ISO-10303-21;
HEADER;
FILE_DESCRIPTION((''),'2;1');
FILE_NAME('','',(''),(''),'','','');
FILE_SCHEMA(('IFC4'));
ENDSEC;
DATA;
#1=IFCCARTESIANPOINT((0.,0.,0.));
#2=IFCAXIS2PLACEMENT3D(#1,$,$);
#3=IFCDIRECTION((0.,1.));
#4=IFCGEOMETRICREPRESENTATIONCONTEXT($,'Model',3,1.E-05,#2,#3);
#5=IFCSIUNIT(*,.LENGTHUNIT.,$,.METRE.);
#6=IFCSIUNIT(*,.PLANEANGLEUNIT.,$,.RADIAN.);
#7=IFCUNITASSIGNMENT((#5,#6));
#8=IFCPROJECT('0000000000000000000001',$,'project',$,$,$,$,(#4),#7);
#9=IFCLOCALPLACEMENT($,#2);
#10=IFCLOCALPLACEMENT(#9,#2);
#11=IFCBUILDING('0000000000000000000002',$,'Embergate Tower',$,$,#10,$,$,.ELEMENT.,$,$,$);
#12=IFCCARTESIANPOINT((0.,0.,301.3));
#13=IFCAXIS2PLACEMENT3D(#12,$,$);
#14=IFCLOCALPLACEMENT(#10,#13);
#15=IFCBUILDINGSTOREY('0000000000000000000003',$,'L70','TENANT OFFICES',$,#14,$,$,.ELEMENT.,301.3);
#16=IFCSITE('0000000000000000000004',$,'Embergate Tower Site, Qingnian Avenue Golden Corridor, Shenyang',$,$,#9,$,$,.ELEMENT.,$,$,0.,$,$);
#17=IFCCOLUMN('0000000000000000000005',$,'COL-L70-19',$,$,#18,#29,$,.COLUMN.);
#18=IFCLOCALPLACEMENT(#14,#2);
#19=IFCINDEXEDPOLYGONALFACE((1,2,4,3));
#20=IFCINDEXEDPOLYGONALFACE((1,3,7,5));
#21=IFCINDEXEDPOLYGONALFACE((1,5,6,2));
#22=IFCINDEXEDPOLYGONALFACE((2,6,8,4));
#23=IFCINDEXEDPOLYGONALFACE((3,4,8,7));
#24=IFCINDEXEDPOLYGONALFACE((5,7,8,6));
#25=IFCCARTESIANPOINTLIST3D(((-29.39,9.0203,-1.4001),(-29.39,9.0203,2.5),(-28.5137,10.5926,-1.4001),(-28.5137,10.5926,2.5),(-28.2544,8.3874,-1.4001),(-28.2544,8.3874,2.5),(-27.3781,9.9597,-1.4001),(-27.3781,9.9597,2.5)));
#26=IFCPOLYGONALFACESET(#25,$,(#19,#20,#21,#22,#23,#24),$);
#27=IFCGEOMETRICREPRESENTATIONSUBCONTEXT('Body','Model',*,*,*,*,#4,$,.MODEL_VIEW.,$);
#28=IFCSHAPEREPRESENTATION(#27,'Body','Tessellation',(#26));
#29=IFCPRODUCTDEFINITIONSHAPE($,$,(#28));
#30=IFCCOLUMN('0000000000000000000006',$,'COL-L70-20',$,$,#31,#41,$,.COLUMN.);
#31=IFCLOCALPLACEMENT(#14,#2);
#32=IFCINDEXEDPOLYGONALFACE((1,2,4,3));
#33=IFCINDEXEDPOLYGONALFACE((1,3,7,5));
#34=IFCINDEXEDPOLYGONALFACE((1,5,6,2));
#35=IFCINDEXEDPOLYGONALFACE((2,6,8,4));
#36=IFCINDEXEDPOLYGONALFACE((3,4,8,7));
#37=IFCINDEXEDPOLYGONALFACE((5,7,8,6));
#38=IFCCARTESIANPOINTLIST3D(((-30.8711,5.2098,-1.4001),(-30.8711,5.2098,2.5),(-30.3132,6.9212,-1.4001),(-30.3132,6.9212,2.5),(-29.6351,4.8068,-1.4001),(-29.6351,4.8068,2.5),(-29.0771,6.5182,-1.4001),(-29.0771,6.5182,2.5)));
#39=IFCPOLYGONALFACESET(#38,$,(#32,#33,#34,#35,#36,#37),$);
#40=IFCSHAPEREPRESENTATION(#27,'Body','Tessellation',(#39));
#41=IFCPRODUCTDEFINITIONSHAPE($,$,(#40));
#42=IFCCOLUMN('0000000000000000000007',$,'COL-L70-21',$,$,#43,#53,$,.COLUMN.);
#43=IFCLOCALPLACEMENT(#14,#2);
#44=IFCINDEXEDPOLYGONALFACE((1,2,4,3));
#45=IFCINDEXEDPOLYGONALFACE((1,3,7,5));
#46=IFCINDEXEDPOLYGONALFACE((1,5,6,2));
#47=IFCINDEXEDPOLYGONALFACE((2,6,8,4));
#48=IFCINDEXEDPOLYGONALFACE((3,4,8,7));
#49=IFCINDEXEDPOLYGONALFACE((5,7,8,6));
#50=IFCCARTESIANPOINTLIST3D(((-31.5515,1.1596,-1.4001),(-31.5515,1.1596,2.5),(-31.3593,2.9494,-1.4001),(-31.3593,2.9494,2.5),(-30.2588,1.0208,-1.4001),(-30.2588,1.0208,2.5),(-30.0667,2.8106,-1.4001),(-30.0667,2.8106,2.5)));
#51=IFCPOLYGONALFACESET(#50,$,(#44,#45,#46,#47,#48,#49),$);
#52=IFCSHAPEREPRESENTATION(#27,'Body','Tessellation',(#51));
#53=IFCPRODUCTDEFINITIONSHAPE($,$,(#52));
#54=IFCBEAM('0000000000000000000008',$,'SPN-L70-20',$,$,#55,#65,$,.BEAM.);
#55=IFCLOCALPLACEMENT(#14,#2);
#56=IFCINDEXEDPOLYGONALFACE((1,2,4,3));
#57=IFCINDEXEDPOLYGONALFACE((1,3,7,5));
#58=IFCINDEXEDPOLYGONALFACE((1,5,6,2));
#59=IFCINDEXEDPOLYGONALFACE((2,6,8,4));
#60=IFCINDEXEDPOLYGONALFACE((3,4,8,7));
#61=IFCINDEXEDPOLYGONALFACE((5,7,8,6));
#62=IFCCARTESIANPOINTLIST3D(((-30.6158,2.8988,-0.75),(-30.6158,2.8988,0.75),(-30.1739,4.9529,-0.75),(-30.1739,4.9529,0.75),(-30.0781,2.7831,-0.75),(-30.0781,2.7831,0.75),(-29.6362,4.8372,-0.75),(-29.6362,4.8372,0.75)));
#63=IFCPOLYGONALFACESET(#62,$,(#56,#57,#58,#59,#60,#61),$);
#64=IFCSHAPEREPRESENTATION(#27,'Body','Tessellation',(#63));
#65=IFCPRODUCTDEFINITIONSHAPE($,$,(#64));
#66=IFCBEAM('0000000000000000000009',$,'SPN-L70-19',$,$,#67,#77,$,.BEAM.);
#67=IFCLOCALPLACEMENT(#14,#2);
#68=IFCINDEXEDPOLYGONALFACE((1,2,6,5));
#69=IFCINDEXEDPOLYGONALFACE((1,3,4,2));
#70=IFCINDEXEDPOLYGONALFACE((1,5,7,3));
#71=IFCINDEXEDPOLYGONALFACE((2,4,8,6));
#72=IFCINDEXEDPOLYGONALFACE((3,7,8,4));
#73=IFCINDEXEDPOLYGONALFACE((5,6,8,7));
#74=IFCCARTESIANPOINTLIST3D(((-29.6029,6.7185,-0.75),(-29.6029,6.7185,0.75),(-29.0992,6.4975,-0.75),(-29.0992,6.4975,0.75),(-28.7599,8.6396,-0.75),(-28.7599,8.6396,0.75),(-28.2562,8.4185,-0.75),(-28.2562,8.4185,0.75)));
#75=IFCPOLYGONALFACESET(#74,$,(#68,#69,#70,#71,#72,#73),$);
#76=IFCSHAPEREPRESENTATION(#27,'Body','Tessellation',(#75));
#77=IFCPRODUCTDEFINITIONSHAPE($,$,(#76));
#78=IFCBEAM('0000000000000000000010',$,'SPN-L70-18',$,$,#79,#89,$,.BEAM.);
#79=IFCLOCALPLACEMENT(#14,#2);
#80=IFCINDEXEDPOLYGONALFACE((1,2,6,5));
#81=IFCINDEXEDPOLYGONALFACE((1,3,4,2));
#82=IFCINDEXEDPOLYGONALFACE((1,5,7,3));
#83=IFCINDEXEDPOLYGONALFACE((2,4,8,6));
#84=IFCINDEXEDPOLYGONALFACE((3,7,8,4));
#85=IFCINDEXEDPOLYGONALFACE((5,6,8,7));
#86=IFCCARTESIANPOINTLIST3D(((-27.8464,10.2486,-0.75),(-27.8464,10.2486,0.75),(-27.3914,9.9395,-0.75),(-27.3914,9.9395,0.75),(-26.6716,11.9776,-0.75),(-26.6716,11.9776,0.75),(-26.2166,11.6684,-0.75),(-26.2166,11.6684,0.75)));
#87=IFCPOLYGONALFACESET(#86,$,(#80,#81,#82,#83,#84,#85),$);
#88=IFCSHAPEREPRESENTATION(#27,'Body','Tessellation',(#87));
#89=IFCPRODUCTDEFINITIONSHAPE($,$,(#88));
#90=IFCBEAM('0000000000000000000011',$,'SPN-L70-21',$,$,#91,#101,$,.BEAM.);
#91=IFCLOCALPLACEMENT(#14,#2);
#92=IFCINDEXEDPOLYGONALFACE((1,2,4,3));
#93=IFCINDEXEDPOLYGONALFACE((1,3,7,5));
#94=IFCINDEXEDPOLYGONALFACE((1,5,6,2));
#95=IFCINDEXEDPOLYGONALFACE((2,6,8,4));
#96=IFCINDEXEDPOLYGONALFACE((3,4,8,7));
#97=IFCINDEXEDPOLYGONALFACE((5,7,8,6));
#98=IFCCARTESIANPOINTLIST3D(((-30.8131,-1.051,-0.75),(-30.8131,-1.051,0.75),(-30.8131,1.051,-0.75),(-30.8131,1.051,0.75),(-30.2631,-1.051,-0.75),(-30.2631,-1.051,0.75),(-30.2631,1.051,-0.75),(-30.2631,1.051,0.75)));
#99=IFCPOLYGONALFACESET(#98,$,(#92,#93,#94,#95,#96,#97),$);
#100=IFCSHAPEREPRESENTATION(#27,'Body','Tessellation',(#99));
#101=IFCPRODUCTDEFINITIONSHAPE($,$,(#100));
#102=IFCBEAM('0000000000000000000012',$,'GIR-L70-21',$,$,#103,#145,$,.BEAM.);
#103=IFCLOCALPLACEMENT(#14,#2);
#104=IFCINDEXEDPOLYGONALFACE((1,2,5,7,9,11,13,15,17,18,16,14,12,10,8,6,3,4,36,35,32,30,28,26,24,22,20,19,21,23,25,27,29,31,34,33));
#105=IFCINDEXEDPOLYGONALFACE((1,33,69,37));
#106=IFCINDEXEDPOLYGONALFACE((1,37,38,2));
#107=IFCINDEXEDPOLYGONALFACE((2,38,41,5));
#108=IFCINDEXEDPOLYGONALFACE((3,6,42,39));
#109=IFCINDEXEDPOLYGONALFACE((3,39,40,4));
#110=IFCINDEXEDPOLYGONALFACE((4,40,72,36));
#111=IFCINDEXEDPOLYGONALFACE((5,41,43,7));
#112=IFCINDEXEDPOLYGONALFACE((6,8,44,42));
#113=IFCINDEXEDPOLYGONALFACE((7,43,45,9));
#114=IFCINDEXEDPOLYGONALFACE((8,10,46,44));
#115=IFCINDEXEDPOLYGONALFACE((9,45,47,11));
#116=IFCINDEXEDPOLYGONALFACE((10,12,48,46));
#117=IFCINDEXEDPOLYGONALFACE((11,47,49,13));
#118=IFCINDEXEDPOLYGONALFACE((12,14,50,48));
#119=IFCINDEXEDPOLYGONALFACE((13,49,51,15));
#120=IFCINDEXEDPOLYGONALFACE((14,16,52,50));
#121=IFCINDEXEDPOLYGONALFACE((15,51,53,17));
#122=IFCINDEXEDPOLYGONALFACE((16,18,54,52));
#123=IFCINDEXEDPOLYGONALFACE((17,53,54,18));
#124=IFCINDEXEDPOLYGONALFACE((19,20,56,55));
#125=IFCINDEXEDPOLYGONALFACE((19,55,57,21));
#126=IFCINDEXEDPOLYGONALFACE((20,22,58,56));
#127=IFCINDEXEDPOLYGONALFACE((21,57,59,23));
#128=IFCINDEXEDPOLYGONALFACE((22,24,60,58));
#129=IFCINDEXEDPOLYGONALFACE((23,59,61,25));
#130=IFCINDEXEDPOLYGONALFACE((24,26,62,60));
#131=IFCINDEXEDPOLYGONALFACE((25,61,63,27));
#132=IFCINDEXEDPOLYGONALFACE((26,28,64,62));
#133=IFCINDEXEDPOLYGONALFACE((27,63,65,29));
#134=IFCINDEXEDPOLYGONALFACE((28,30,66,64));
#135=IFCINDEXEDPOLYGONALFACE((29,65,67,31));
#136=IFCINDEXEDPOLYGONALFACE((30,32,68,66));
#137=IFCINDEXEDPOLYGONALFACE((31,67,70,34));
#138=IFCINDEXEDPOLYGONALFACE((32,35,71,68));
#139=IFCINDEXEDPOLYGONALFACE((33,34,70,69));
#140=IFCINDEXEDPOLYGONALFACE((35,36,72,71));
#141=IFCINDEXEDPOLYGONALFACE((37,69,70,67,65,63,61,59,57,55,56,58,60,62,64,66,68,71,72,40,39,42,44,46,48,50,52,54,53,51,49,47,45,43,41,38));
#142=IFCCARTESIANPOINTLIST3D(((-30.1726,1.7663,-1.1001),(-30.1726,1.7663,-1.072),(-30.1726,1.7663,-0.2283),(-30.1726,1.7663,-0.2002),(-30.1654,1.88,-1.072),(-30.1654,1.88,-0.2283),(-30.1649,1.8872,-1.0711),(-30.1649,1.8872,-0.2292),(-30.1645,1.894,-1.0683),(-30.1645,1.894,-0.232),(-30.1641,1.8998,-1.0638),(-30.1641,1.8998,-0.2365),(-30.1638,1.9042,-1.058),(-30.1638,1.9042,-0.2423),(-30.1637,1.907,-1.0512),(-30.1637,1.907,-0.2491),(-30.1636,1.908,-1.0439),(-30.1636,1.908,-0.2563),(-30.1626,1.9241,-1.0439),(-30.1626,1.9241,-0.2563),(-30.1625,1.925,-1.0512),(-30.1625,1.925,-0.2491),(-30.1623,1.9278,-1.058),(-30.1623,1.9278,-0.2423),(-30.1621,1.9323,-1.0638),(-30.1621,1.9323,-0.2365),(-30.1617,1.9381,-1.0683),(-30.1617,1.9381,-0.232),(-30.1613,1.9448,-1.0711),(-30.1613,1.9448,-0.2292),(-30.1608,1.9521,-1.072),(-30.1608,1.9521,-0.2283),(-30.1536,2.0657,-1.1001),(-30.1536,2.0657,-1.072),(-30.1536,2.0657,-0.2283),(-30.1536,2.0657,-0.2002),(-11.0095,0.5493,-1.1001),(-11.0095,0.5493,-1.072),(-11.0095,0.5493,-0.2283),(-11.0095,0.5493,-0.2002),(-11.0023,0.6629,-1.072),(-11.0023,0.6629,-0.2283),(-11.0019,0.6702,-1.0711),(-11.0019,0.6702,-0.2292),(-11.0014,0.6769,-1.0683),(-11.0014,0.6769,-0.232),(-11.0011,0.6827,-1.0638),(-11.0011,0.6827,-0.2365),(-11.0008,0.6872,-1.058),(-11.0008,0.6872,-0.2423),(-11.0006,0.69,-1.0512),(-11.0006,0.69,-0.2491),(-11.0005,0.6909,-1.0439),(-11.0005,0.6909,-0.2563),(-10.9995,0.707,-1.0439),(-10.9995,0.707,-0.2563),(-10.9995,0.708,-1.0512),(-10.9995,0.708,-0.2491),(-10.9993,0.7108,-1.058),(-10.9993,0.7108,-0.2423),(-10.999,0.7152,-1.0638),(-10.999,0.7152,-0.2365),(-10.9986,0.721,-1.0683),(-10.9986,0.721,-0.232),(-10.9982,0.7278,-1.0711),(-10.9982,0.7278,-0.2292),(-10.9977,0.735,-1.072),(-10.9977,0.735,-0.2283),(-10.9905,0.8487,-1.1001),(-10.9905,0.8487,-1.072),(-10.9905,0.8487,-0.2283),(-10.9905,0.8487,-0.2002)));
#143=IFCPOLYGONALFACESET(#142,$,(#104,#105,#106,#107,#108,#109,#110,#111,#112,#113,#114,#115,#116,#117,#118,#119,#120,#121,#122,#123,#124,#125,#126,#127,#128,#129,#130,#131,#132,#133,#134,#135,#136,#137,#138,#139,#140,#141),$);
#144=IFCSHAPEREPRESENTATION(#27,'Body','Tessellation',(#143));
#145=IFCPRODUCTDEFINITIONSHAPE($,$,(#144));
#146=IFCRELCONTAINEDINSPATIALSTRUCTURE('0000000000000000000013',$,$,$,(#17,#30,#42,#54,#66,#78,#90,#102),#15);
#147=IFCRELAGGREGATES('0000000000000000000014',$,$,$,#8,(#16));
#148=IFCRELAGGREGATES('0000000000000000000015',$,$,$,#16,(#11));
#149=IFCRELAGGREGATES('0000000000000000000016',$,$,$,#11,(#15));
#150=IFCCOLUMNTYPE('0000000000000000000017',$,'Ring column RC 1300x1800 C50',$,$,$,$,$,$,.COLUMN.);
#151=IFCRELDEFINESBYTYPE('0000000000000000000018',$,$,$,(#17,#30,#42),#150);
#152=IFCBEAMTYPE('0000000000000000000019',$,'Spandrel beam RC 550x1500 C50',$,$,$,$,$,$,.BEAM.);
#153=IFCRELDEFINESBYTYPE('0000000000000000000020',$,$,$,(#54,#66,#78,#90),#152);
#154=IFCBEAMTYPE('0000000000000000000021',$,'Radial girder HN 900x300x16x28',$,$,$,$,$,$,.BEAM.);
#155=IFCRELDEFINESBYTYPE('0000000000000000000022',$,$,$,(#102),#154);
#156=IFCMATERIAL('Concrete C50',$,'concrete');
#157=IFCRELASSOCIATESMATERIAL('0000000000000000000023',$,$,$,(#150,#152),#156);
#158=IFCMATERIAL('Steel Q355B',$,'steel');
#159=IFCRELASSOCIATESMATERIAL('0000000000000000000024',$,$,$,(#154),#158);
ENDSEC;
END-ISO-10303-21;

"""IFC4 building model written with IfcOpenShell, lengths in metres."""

from ifc_helpers import new_model, si_unit, direction, frame, origin, origin_2d, place, context, subcontext, project, spatial, rectangle, i_section, extrude, source, transform, mapped, material, material_profile, profile_set, type_object, element, save


model = new_model("IFC4")

# Units and contexts
model_context = context("Model", 3, precision=1e-05, world=origin(), true_north=direction((0.0, 1.0)))
body_context = subcontext(model_context, "Body", "Model", "MODEL_VIEW")
ifc_project = project(units=[si_unit("LENGTHUNIT", "METRE"), si_unit("PLANEANGLEUNIT", "RADIAN")], contexts=[model_context])

# Site, building, storey
site_placement = place(None, origin())
site = spatial("IfcSite", under=ifc_project, at=site_placement, Name="Embergate Tower Site, Qingnian Avenue Golden Corridor, Shenyang", CompositionType="ELEMENT", RefElevation=0.0)
building_placement = place(site_placement, origin())
building = spatial("IfcBuilding", under=site, at=building_placement, Name="Embergate Tower", CompositionType="ELEMENT")
storey_placement = place(building_placement, frame((0.0, 0.0, 301.3)))
storey = spatial("IfcBuildingStorey", under=building, at=storey_placement, Name="L70", Description="TENANT OFFICES", CompositionType="ELEMENT", Elevation=301.3)

# Columns
ifc_material_1 = material(Name="Concrete C50", Category="concrete")
ifc_material_profile_1 = material_profile(ifc_material_1, rectangle(XDim=1.3, YDim=1.8, at=origin_2d()), Name="RC 1300x1800")
ifc_profile_set_1 = profile_set([ifc_material_profile_1], Name="Concrete C50")
column_type = type_object("IfcColumnType", Name="Ring column RC 1300x1800 C50", PredefinedType="COLUMN", material=ifc_profile_set_1)
shared_shape_1 = source(origin(), body_context, "Body", "SweptSolid", [
    extrude(rectangle(XDim=1.3, YDim=1.8, at=origin_2d()), origin(), (0.0, 0.0, 1.0), 3.9001),
])
for number, where, z_axis, x_axis, name in (
    (1, (-28.384, 9.49, -1.4001), (0.0, 0.0, 1.0), (-0.8735, 0.486823, 0.0), "COL-L70-19"),
    (2, (-29.9741, 5.864, -1.4001), (0.0, 0.0, 1.0), (-0.950754, 0.309946, 0.0), "COL-L70-20"),
    (3, (-30.8091, 1.9851, -1.4001), (0.0, 0.0, 1.0), (-0.994286, 0.10675, 0.0), "COL-L70-21"),
):
    element("IfcColumn", number, at=place(storey_placement, frame(where, z_axis=z_axis, x_axis=x_axis)), inside=storey, type_object=column_type, Name=name, PredefinedType="COLUMN", context=body_context, shape_type="MappedRepresentation", body=[
        mapped(shared_shape_1, transform((0.0, 0.0, 0.0))),
    ])

# Beams
ifc_material_profile_2 = material_profile(ifc_material_1, rectangle(XDim=0.55, YDim=1.5, at=origin_2d()), Name="RC 550x1500")
ifc_profile_set_2 = profile_set([ifc_material_profile_2], Name="Concrete C50")
beam_type_1 = type_object("IfcBeamType", Name="Spandrel beam RC 550x1500 C50", PredefinedType="BEAM", material=ifc_profile_set_2)
shared_shape_2 = source(origin(), body_context, "Body", "SweptSolid", [
    extrude(rectangle(XDim=0.55, YDim=1.5, at=origin_2d()), origin(), (0.0, 0.0, 1.0), 2.1011),
])
beam_1_placement = place(storey_placement, frame((-29.905, 4.895, 0.0), z_axis=(-0.210331, -0.97763, 0.0), x_axis=(0.97763, -0.210331, 0.0)))
element("IfcBeam", 4, at=beam_1_placement, inside=storey, type_object=beam_type_1, Name="SPN-L70-20", PredefinedType="BEAM", context=body_context, shape_type="MappedRepresentation", body=[
    mapped(shared_shape_2, transform((0.0, 0.0, 0.0))),
])
shared_shape_3 = source(origin(), body_context, "Body", "SweptSolid", [
    extrude(rectangle(XDim=0.55, YDim=1.5, at=origin_2d()), origin(), (0.0, 0.0, 1.0), 2.0979),
])
beam_2_placement = place(storey_placement, frame((-28.5081, 8.5291, 0.0), z_axis=(-0.401826, -0.915716, 0.0), x_axis=(0.915716, -0.401826, 0.0)))
element("IfcBeam", 5, at=beam_2_placement, inside=storey, type_object=beam_type_1, Name="SPN-L70-19", PredefinedType="BEAM", context=body_context, shape_type="MappedRepresentation", body=[
    mapped(shared_shape_3, transform((0.0, 0.0, 0.0))),
])
shared_shape_4 = source(origin(), body_context, "Body", "SweptSolid", [
    extrude(rectangle(XDim=0.55, YDim=1.5, at=origin_2d()), origin(), (0.0, 0.0, 1.0), 2.0903),
])
beam_3_placement = place(storey_placement, frame((-26.4441, 11.823, 0.0), z_axis=(-0.56201, -0.827131, 0.0), x_axis=(0.827131, -0.56201, 0.0)))
element("IfcBeam", 6, at=beam_3_placement, inside=storey, type_object=beam_type_1, Name="SPN-L70-18", PredefinedType="BEAM", context=body_context, shape_type="MappedRepresentation", body=[
    mapped(shared_shape_4, transform((0.0, 0.0, 0.0))),
])
shared_shape_5 = source(origin(), body_context, "Body", "SweptSolid", [
    extrude(rectangle(XDim=0.55, YDim=1.5, at=origin_2d()), origin(), (0.0, 0.0, 1.0), 2.1021),
])
beam_4_placement = place(storey_placement, frame((-30.5381, 1.051, 0.0), z_axis=(0.0, -1.0, 0.0), x_axis=(1.0, 0.0, 0.0)))
element("IfcBeam", 7, at=beam_4_placement, inside=storey, type_object=beam_type_1, Name="SPN-L70-21", PredefinedType="BEAM", context=body_context, shape_type="MappedRepresentation", body=[
    mapped(shared_shape_5, transform((0.0, 0.0, 0.0))),
])
ifc_material_2 = material(Name="Steel Q355B", Category="steel")
ifc_material_profile_3 = material_profile(ifc_material_2, i_section(OverallWidth=0.3, OverallDepth=0.8999, WebThickness=0.0161, FlangeThickness=0.0281, FilletRadius=0.0281, at=origin_2d()), Name="HN 900x300x16x28")
ifc_profile_set_3 = profile_set([ifc_material_profile_3], Name="Steel Q355 grade B")
beam_type_2 = type_object("IfcBeamType", Name="Radial girder HN 900x300x16x28", PredefinedType="BEAM", material=ifc_profile_set_3)
shared_shape_6 = source(origin(), body_context, "Body", "SweptSolid", [
    extrude(i_section(OverallWidth=0.3, OverallDepth=0.8999, WebThickness=0.0161, FlangeThickness=0.0281, FilletRadius=0.0281, at=origin_2d()), origin(), (0.0, 0.0, 1.0), 19.2017),
])
beam_5_placement = place(storey_placement, frame((-30.1631, 1.916, -0.6501), z_axis=(0.997989, -0.063382, 0.0), x_axis=(0.063382, 0.997989, 0.0)))
element("IfcBeam", 8, at=beam_5_placement, inside=storey, type_object=beam_type_2, Name="GIR-L70-21", PredefinedType="BEAM", context=body_context, shape_type="MappedRepresentation", body=[
    mapped(shared_shape_6, transform((0.0, 0.0, 0.0))),
])

save(model, "model.ifc")
